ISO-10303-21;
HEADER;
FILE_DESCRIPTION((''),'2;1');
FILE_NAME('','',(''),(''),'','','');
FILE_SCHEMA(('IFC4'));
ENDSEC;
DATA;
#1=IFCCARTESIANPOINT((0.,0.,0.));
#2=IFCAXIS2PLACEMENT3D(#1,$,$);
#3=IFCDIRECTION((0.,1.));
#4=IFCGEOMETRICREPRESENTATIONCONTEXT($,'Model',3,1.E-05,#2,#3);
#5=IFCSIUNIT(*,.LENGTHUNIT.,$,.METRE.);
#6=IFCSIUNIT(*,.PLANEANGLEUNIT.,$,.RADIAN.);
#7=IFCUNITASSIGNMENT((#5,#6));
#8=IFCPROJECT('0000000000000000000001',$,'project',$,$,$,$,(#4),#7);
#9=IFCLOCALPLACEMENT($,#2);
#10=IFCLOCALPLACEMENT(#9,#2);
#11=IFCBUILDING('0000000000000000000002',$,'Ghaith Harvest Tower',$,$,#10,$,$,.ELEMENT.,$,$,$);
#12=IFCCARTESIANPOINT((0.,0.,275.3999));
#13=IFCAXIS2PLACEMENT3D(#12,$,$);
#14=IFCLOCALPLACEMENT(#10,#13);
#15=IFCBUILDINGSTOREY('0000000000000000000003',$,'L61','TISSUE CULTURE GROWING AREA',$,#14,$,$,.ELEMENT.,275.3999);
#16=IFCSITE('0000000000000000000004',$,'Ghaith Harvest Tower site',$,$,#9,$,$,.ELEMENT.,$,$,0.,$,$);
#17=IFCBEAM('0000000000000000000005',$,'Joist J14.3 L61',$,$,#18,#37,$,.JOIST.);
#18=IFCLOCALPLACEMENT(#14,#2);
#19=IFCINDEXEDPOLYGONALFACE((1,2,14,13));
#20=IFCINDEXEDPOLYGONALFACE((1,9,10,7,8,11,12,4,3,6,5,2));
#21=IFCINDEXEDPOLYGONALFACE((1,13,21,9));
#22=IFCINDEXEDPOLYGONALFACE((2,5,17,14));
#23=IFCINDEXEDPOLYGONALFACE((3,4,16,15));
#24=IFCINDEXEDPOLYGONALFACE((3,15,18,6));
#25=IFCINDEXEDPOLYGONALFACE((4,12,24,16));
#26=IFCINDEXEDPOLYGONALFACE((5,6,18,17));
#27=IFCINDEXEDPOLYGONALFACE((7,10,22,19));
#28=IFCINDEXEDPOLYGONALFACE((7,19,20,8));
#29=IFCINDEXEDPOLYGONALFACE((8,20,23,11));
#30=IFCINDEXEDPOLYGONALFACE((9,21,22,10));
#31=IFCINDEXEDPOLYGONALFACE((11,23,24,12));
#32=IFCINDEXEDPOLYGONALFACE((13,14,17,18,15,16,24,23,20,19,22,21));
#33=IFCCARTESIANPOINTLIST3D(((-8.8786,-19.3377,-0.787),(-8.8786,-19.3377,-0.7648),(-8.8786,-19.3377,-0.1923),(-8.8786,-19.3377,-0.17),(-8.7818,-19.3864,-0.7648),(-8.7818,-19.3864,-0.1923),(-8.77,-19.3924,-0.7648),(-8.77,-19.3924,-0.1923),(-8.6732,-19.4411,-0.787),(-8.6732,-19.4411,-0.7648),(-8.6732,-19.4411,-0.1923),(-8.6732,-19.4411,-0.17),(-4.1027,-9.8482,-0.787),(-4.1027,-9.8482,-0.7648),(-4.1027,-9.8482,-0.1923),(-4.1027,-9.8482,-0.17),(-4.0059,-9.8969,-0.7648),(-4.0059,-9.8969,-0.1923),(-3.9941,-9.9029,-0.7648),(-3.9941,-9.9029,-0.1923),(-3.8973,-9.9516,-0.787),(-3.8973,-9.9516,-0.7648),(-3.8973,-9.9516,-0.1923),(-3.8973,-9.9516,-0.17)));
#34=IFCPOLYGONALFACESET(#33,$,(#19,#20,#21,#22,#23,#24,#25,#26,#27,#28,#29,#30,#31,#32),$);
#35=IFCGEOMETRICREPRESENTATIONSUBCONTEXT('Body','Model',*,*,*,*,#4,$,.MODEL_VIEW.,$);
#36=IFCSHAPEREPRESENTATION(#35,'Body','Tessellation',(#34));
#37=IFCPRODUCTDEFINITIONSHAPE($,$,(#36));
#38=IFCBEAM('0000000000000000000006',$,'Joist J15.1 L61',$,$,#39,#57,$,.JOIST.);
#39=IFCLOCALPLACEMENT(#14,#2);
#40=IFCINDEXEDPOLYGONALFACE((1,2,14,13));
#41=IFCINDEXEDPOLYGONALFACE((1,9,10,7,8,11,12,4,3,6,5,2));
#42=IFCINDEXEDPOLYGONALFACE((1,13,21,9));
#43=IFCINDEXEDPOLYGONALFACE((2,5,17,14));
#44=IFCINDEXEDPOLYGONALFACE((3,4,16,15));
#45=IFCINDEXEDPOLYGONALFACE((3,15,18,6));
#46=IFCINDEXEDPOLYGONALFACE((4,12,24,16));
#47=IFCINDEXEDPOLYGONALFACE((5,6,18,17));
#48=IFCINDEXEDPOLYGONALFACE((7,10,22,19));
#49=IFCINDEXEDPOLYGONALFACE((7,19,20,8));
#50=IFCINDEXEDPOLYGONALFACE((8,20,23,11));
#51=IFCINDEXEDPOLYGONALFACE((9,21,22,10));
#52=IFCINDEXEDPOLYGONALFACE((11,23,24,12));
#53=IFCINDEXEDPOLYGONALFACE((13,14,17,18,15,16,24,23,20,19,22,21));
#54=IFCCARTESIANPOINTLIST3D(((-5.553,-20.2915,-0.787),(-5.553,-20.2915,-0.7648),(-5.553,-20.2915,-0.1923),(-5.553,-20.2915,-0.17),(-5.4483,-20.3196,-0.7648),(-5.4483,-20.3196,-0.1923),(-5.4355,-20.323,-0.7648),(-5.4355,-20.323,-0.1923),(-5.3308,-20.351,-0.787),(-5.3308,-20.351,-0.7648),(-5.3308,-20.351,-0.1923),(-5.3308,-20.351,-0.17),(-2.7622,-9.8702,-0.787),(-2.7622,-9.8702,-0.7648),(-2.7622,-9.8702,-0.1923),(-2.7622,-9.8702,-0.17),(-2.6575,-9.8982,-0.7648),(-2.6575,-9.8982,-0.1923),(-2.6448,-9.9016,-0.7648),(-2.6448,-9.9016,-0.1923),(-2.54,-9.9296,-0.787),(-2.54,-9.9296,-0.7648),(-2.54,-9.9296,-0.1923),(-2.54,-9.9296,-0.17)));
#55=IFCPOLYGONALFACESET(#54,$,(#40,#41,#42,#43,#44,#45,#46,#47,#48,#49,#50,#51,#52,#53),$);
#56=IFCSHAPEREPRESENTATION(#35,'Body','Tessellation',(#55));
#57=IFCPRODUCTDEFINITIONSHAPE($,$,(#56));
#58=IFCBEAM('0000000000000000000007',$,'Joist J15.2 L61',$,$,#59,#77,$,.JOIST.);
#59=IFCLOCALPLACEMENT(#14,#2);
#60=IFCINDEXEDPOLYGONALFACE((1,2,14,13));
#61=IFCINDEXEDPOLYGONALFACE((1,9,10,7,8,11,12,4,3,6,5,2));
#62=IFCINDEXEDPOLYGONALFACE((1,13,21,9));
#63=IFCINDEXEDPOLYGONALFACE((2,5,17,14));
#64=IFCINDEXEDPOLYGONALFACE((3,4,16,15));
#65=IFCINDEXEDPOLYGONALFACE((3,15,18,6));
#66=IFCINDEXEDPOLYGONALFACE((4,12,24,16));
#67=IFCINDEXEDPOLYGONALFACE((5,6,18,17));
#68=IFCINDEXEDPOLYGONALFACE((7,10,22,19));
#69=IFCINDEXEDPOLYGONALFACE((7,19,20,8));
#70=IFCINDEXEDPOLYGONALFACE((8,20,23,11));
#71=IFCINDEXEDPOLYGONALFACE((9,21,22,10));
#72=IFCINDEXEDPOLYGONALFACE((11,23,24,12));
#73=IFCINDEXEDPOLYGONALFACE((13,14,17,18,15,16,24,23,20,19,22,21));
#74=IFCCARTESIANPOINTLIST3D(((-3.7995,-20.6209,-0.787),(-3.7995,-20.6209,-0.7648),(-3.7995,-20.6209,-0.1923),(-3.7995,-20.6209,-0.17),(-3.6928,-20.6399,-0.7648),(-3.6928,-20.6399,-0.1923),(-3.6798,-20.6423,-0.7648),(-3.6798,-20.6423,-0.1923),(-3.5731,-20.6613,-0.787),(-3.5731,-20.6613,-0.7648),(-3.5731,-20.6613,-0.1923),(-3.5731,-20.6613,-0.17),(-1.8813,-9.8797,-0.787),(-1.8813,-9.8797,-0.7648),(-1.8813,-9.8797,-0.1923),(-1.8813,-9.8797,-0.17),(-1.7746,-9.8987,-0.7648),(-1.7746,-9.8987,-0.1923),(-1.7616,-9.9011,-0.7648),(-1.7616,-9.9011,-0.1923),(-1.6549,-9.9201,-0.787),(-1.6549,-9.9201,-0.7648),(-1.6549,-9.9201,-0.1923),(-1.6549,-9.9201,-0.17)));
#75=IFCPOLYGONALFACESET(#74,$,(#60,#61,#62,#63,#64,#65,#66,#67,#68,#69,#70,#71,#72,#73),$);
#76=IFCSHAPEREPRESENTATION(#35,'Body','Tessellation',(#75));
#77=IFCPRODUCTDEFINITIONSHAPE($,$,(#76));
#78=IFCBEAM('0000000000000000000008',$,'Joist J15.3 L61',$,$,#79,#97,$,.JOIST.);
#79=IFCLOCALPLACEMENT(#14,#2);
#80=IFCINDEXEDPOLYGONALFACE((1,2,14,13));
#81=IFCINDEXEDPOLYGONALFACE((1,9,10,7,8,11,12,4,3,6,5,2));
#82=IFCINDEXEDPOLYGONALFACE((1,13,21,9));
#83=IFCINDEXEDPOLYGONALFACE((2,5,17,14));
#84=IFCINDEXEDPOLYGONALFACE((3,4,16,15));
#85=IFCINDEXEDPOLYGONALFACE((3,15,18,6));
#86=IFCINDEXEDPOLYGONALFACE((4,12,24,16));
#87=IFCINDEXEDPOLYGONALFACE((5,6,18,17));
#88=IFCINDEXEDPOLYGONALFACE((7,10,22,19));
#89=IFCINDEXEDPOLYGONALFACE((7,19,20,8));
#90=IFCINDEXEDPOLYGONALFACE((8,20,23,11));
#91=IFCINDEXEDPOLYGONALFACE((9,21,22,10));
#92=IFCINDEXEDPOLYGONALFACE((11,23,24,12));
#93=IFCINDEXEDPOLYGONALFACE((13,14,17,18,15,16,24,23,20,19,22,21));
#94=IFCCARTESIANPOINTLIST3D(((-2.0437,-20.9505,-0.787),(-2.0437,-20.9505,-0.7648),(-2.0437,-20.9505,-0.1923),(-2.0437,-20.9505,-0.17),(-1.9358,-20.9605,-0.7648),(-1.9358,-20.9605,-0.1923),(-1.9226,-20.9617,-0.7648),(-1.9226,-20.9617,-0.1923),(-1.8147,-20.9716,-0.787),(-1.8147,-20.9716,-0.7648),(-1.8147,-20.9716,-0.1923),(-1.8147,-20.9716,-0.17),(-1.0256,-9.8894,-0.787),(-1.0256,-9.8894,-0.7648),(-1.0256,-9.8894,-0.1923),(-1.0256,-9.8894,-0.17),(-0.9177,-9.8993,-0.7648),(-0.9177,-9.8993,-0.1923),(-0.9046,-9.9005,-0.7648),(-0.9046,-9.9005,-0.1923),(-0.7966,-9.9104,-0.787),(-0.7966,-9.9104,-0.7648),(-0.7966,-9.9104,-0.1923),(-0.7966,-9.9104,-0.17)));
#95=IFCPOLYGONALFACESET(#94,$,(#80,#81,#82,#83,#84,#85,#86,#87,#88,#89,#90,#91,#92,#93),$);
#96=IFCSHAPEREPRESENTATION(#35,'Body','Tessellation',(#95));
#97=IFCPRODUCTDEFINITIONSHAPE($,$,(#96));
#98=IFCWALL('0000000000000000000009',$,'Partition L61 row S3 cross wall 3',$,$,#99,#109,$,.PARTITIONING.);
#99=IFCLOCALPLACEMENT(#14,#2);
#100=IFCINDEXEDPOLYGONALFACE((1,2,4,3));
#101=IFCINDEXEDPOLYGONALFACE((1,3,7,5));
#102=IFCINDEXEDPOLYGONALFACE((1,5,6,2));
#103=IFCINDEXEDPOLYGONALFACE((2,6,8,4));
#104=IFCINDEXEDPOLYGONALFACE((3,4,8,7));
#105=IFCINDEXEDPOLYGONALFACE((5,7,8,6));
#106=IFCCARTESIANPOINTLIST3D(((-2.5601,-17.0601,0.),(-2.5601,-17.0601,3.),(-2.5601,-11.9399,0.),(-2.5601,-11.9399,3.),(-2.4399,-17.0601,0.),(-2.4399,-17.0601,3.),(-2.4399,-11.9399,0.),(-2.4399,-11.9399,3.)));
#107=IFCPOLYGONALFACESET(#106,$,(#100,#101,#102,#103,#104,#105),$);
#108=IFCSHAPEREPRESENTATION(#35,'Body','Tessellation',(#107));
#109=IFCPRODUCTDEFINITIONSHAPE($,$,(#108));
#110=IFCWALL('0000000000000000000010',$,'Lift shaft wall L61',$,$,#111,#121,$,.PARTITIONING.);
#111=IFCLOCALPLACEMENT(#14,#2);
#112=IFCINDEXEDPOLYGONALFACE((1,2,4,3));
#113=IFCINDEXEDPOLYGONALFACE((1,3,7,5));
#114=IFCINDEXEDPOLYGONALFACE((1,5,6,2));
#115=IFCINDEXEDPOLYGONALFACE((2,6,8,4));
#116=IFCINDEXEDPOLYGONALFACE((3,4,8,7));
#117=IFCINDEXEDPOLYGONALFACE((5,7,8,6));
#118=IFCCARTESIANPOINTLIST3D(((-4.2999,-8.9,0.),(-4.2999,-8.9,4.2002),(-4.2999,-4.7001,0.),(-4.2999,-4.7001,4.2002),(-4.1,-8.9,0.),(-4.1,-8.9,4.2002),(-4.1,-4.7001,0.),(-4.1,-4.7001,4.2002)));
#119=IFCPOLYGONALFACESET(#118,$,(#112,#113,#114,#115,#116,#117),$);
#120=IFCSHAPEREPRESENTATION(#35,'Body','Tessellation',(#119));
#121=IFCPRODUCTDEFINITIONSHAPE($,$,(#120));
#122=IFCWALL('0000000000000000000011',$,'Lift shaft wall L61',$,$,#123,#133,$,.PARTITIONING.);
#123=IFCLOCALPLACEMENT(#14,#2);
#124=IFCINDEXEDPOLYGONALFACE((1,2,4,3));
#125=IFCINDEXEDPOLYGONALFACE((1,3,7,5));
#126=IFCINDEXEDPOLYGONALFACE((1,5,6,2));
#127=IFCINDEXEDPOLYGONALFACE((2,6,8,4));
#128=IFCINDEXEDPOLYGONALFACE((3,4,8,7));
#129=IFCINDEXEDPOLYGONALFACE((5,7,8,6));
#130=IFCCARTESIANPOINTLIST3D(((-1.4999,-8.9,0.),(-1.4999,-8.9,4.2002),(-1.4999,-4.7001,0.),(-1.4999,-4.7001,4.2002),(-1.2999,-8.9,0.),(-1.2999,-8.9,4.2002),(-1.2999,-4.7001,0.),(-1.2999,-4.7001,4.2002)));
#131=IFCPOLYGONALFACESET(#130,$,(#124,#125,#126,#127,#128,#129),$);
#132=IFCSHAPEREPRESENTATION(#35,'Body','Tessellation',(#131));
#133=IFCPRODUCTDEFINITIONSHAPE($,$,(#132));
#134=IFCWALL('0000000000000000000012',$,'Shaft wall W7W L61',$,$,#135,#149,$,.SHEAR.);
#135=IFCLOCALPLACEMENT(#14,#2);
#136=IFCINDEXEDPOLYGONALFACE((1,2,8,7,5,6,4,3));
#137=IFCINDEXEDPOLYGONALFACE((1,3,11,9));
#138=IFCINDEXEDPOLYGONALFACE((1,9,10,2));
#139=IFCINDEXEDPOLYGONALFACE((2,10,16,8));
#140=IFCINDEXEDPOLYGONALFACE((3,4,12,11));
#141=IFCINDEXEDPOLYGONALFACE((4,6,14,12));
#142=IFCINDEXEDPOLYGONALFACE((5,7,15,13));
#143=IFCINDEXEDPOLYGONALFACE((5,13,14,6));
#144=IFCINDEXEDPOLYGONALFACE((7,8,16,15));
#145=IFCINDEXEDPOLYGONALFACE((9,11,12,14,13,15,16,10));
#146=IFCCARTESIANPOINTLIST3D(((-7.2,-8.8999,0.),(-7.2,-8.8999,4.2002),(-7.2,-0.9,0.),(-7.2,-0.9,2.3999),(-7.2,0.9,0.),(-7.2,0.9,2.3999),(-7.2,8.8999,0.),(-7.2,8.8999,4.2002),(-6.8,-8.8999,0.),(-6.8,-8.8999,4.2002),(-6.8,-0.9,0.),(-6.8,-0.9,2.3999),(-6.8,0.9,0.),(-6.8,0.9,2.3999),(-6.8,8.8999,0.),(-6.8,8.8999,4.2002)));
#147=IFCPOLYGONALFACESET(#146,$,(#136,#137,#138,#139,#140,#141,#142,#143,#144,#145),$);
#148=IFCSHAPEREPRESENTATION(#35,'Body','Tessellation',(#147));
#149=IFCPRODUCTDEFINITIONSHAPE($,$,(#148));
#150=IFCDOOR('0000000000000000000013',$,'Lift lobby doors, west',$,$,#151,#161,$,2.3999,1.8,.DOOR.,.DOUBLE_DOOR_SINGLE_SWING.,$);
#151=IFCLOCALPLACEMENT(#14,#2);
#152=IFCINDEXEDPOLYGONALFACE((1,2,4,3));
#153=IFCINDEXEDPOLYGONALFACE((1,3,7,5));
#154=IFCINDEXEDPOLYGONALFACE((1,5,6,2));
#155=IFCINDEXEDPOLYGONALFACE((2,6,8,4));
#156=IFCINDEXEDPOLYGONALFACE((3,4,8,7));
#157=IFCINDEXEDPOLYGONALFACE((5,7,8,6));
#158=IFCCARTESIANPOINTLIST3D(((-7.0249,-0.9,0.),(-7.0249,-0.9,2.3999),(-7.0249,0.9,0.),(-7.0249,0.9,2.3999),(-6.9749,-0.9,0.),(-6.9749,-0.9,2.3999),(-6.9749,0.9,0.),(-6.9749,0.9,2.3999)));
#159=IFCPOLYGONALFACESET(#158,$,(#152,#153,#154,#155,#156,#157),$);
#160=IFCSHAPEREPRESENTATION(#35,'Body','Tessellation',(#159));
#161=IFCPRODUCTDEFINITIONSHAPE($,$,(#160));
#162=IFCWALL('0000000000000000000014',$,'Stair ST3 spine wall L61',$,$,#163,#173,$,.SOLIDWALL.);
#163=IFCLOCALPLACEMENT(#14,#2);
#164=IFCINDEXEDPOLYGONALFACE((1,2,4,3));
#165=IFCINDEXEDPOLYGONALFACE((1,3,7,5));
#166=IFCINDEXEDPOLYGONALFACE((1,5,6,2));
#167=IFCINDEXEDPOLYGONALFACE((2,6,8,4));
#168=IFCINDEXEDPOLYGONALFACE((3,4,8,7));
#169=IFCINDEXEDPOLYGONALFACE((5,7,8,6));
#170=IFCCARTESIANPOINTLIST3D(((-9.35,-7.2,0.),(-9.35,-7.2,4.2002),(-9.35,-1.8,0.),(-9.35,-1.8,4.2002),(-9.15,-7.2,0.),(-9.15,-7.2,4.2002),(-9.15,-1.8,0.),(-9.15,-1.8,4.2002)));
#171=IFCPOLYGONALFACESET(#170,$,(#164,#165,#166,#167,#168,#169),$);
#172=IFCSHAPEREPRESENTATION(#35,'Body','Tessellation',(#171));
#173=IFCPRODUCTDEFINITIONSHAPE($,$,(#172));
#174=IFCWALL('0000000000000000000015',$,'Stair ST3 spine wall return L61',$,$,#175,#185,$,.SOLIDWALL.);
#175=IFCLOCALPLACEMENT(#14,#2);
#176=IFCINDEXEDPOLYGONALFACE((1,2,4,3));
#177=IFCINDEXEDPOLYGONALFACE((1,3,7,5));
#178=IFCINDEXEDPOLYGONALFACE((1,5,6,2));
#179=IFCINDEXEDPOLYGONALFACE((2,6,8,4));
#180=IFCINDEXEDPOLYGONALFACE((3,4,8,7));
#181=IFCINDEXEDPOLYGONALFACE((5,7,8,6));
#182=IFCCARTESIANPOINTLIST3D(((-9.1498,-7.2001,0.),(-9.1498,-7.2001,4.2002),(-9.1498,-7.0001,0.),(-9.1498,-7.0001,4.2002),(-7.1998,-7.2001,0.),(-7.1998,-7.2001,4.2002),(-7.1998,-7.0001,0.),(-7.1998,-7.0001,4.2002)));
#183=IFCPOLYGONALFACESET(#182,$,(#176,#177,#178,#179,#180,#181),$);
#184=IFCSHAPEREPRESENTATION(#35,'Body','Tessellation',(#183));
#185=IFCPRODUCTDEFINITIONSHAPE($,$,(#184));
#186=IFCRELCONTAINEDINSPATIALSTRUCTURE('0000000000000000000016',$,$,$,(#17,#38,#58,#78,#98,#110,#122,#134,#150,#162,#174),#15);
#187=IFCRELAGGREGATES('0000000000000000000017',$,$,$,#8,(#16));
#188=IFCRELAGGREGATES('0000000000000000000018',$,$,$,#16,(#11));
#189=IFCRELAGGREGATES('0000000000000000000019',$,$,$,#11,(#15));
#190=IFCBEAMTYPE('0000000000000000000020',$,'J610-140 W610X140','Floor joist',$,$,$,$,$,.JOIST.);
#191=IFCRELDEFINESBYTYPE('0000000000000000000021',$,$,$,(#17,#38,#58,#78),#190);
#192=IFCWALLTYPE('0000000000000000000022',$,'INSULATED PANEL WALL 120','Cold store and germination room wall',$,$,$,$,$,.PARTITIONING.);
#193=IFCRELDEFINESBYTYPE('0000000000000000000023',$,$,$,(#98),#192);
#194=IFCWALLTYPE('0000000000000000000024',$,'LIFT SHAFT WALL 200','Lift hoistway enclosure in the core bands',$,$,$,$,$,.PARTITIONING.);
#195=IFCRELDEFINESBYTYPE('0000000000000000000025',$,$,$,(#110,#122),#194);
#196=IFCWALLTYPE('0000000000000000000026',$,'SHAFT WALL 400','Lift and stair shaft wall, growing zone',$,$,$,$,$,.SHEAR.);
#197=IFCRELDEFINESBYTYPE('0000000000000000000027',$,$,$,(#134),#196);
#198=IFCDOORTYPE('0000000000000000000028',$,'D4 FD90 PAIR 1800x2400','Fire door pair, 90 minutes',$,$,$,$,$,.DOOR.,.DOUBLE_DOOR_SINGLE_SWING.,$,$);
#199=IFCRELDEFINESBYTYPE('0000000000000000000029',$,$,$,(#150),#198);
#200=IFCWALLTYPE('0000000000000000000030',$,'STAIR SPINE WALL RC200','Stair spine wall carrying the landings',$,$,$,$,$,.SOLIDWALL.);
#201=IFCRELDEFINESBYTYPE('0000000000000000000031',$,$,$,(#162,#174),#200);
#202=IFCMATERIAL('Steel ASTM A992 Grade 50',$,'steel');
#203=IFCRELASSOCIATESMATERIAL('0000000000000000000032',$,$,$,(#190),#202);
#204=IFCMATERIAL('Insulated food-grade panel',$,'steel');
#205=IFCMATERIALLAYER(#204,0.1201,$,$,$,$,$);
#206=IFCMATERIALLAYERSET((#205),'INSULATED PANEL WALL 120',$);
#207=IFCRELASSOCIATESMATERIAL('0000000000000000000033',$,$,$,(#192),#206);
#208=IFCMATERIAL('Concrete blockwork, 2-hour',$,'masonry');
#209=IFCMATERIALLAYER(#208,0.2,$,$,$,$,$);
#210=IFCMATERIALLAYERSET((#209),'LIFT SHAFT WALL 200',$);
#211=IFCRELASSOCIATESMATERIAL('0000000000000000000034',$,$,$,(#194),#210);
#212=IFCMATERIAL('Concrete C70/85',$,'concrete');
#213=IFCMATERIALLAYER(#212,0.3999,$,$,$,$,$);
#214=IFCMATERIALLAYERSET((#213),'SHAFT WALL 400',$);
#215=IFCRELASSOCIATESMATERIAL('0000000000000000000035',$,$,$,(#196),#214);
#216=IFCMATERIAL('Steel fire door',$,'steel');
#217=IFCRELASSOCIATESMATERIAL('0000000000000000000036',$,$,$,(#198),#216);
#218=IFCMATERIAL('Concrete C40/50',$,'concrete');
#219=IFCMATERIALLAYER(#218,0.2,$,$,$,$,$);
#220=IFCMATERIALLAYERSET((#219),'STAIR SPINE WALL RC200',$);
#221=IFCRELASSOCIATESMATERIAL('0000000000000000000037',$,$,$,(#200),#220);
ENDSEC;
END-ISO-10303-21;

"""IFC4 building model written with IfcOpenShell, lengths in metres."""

from ifc_helpers import new_model, si_unit, direction, frame, frame_2d, origin, origin_2d, place, context, subcontext, project, spatial, rectangle, i_section, extrude, material, layer, layer_set, material_profile, profile_set, type_object, element, fill, save


model = new_model("IFC4")

# Units and contexts
model_context = context("Model", 3, precision=1e-05, world=origin(), true_north=direction((0.0, 1.0)))
body_context = subcontext(model_context, "Body", "Model", "MODEL_VIEW")
ifc_project = project(units=[si_unit("LENGTHUNIT", "METRE"), si_unit("PLANEANGLEUNIT", "RADIAN")], contexts=[model_context])

# Site, building, storey
site_placement = place(None, origin())
site = spatial("IfcSite", under=ifc_project, at=site_placement, Name="Ghaith Harvest Tower site", CompositionType="ELEMENT", RefElevation=0.0)
building_placement = place(site_placement, origin())
building = spatial("IfcBuilding", under=site, at=building_placement, Name="Ghaith Harvest Tower", CompositionType="ELEMENT")
storey_placement = place(building_placement, frame((0.0, 0.0, 275.3999)))
storey = spatial("IfcBuildingStorey", under=building, at=storey_placement, Name="L61", Description="TISSUE CULTURE GROWING AREA", CompositionType="ELEMENT", Elevation=275.3999)

# Beams
ifc_material_1 = material(Name="Steel ASTM A992 Grade 50", Category="steel")
ifc_material_profile_1 = material_profile(ifc_material_1, i_section(OverallWidth=0.23, OverallDepth=0.6169, WebThickness=0.0132, FlangeThickness=0.0222, at=origin_2d()), Name="W610X140")
ifc_profile_set_1 = profile_set([ifc_material_profile_1], Name="Steel ASTM A992 Grade 50")
beam_type_1 = type_object("IfcBeamType", Name="J610-140 W610X140", Description="Floor joist", PredefinedType="JOIST", material=ifc_profile_set_1)
beam_1_placement = place(storey_placement, frame((-4.0, -9.8999, -0.4785), z_axis=(-0.449556, -0.893252, 0.0), x_axis=(0.893252, -0.449556, 0.0)))
element("IfcBeam", 1, at=beam_1_placement, inside=storey, type_object=beam_type_1, Name="Joist J14.3 L61", PredefinedType="JOIST", context=body_context, shape_type="SweptSolid", body=[
    extrude(i_section(OverallWidth=0.23, OverallDepth=0.6169, WebThickness=0.0132, FlangeThickness=0.0222, at=origin_2d()), origin(), (0.0, 0.0, 1.0), 10.6235),
])
beam_2_placement = place(storey_placement, frame((-2.6511, -9.8999, -0.4785), z_axis=(-0.258678, -0.965964, 0.0), x_axis=(0.965964, -0.258678, 0.0)))
element("IfcBeam", 2, at=beam_2_placement, inside=storey, type_object=beam_type_1, Name="Joist J15.1 L61", PredefinedType="JOIST", context=body_context, shape_type="SweptSolid", body=[
    extrude(i_section(OverallWidth=0.23, OverallDepth=0.6169, WebThickness=0.0132, FlangeThickness=0.0222, at=origin_2d()), origin(), (0.0, 0.0, 1.0), 10.7886),
])
beam_3_placement = place(storey_placement, frame((-1.7681, -9.8999, -0.4785), z_axis=(-0.175803, -0.984425, 0.0), x_axis=(0.984425, -0.175803, 0.0)))
element("IfcBeam", 3, at=beam_3_placement, inside=storey, type_object=beam_type_1, Name="Joist J15.2 L61", PredefinedType="JOIST", context=body_context, shape_type="SweptSolid", body=[
    extrude(i_section(OverallWidth=0.23, OverallDepth=0.6169, WebThickness=0.0132, FlangeThickness=0.0222, at=origin_2d()), origin(), (0.0, 0.0, 1.0), 10.9111),
])
beam_4_placement = place(storey_placement, frame((-0.9111, -9.8999, -0.4785), z_axis=(-0.091651, -0.995791, 0.0), x_axis=(0.995791, -0.091651, 0.0)))
element("IfcBeam", 4, at=beam_4_placement, inside=storey, type_object=beam_type_1, Name="Joist J15.3 L61", PredefinedType="JOIST", context=body_context, shape_type="SweptSolid", body=[
    extrude(i_section(OverallWidth=0.23, OverallDepth=0.6169, WebThickness=0.0132, FlangeThickness=0.0222, at=origin_2d()), origin(), (0.0, 0.0, 1.0), 11.1079),
])

# Walls
ifc_material_2 = material(Name="Insulated food-grade panel", Category="steel")
ifc_layer_1 = layer(ifc_material_2, 0.1201)
ifc_layer_set_1 = layer_set([ifc_layer_1], Name="INSULATED PANEL WALL 120")
wall_type_1 = type_object("IfcWallType", Name="INSULATED PANEL WALL 120", Description="Cold store and germination room wall", PredefinedType="PARTITIONING", material=ifc_layer_set_1)
wall_1_placement = place(storey_placement, frame((-2.5, -11.9399, 0.0), z_axis=(0.0, 0.0, 1.0), x_axis=(0.0, -1.0, 0.0)))
element("IfcWall", 5, at=wall_1_placement, inside=storey, type_object=wall_type_1, Name="Partition L61 row S3 cross wall 3", PredefinedType="PARTITIONING", context=body_context, shape_type="SweptSolid", body=[
    extrude(rectangle(XDim=5.1201, YDim=0.1201, at=frame_2d((2.5601, 0.0))), origin(), (0.0, 0.0, 1.0), 3.0),
])
ifc_material_3 = material(Name="Concrete blockwork, 2-hour", Category="masonry")
ifc_layer_2 = layer(ifc_material_3, 0.2)
ifc_layer_set_2 = layer_set([ifc_layer_2], Name="LIFT SHAFT WALL 200")
wall_type_2 = type_object("IfcWallType", Name="LIFT SHAFT WALL 200", Description="Lift hoistway enclosure in the core bands", PredefinedType="PARTITIONING", material=ifc_layer_set_2)
for number, where, z_axis, x_axis, name in (
    (6, (-4.2, -4.7, 0.0), (0.0, 0.0, 1.0), (0.0, -1.0, 0.0), "Lift shaft wall L61"),
    (7, (-1.3999, -4.7, 0.0), (0.0, 0.0, 1.0), (0.0, -1.0, 0.0), "Lift shaft wall L61"),
):
    element("IfcWall", number, at=place(storey_placement, frame(where, z_axis=z_axis, x_axis=x_axis)), inside=storey, type_object=wall_type_2, Name=name, PredefinedType="PARTITIONING", context=body_context, shape_type="SweptSolid", body=[
        extrude(rectangle(XDim=4.2, YDim=0.2, at=frame_2d((2.1001, 0.0))), origin(), (0.0, 0.0, 1.0), 4.2002),
    ])

# Wall, opening, door
ifc_material_4 = material(Name="Concrete C70/85", Category="concrete")
ifc_layer_3 = layer(ifc_material_4, 0.3999)
ifc_layer_set_3 = layer_set([ifc_layer_3], Name="SHAFT WALL 400")
wall_type_3 = type_object("IfcWallType", Name="SHAFT WALL 400", Description="Lift and stair shaft wall, growing zone", PredefinedType="SHEAR", material=ifc_layer_set_3)
wall_2_placement = place(storey_placement, frame((-7.0, -8.8999, 0.0), z_axis=(0.0, 0.0, 1.0), x_axis=(0.0, 1.0, 0.0)))
wall_2 = element("IfcWall", 8, at=wall_2_placement, inside=storey, type_object=wall_type_3, Name="Shaft wall W7W L61", PredefinedType="SHEAR", context=body_context, shape_type="SweptSolid", body=[
    extrude(rectangle(XDim=17.7998, YDim=0.3999, at=frame_2d((8.8999, 0.0))), origin(), (0.0, 0.0, 1.0), 4.2002),
])
opening_1_placement = place(wall_2_placement, frame((8.0, 0.0, 0.0)))
opening_1 = element("IfcOpeningElement", 9, at=opening_1_placement, cuts=wall_2, PredefinedType="OPENING", context=body_context, shape_type="SweptSolid", body=[
    extrude(rectangle(XDim=1.8, YDim=2.3999, at=frame_2d((0.8999, 1.2))), frame((0.0, 0.21, 0.0), z_axis=(0.0, -1.0, 0.0), x_axis=(1.0, 0.0, 0.0)), (0.0, 0.0, 1.0), 0.4199),
])
ifc_material_5 = material(Name="Steel fire door", Category="steel")
door_type_1 = type_object("IfcDoorType", Name="D4 FD90 PAIR 1800x2400", Description="Fire door pair, 90 minutes", OperationType="DOUBLE_DOOR_SINGLE_SWING", PredefinedType="DOOR", material=ifc_material_5)
door_1_placement = place(opening_1_placement, origin())
door_1 = element("IfcDoor", 10, at=door_1_placement, inside=storey, type_object=door_type_1, Name="Lift lobby doors, west", OperationType="DOUBLE_DOOR_SINGLE_SWING", OverallHeight=2.3999, OverallWidth=1.8, PredefinedType="DOOR", context=body_context, shape_type="SweptSolid", body=[
    extrude(rectangle(XDim=1.8, YDim=2.3999, at=frame_2d((0.8999, 1.2))), frame((0.0, 0.0249, 0.0), z_axis=(0.0, -1.0, 0.0), x_axis=(1.0, 0.0, 0.0)), (0.0, 0.0, 1.0), 0.05),
])
fill(opening_1, door_1)

# Walls
ifc_material_6 = material(Name="Concrete C40/50", Category="concrete")
ifc_layer_4 = layer(ifc_material_6, 0.2)
ifc_layer_set_4 = layer_set([ifc_layer_4], Name="STAIR SPINE WALL RC200")
wall_type_4 = type_object("IfcWallType", Name="STAIR SPINE WALL RC200", Description="Stair spine wall carrying the landings", PredefinedType="SOLIDWALL", material=ifc_layer_set_4)
wall_3_placement = place(storey_placement, frame((-9.25, -7.2, 0.0), z_axis=(0.0, 0.0, 1.0), x_axis=(0.0, 1.0, 0.0)))
element("IfcWall", 11, at=wall_3_placement, inside=storey, type_object=wall_type_4, Name="Stair ST3 spine wall L61", PredefinedType="SOLIDWALL", context=body_context, shape_type="SweptSolid", body=[
    extrude(rectangle(XDim=5.3999, YDim=0.2, at=frame_2d((2.7, 0.0))), origin(), (0.0, 0.0, 1.0), 4.2002),
])
wall_4_placement = place(storey_placement, frame((-9.1499, -7.1001, 0.0), z_axis=(0.0, 0.0, 1.0), x_axis=(1.0, 0.0, 0.0)))
element("IfcWall", 12, at=wall_4_placement, inside=storey, type_object=wall_type_4, Name="Stair ST3 spine wall return L61", PredefinedType="SOLIDWALL", context=body_context, shape_type="SweptSolid", body=[
    extrude(rectangle(XDim=1.95, YDim=0.2, at=frame_2d((0.9751, 0.0))), origin(), (0.0, 0.0, 1.0), 4.2002),
])

save(model, "model.ifc")
